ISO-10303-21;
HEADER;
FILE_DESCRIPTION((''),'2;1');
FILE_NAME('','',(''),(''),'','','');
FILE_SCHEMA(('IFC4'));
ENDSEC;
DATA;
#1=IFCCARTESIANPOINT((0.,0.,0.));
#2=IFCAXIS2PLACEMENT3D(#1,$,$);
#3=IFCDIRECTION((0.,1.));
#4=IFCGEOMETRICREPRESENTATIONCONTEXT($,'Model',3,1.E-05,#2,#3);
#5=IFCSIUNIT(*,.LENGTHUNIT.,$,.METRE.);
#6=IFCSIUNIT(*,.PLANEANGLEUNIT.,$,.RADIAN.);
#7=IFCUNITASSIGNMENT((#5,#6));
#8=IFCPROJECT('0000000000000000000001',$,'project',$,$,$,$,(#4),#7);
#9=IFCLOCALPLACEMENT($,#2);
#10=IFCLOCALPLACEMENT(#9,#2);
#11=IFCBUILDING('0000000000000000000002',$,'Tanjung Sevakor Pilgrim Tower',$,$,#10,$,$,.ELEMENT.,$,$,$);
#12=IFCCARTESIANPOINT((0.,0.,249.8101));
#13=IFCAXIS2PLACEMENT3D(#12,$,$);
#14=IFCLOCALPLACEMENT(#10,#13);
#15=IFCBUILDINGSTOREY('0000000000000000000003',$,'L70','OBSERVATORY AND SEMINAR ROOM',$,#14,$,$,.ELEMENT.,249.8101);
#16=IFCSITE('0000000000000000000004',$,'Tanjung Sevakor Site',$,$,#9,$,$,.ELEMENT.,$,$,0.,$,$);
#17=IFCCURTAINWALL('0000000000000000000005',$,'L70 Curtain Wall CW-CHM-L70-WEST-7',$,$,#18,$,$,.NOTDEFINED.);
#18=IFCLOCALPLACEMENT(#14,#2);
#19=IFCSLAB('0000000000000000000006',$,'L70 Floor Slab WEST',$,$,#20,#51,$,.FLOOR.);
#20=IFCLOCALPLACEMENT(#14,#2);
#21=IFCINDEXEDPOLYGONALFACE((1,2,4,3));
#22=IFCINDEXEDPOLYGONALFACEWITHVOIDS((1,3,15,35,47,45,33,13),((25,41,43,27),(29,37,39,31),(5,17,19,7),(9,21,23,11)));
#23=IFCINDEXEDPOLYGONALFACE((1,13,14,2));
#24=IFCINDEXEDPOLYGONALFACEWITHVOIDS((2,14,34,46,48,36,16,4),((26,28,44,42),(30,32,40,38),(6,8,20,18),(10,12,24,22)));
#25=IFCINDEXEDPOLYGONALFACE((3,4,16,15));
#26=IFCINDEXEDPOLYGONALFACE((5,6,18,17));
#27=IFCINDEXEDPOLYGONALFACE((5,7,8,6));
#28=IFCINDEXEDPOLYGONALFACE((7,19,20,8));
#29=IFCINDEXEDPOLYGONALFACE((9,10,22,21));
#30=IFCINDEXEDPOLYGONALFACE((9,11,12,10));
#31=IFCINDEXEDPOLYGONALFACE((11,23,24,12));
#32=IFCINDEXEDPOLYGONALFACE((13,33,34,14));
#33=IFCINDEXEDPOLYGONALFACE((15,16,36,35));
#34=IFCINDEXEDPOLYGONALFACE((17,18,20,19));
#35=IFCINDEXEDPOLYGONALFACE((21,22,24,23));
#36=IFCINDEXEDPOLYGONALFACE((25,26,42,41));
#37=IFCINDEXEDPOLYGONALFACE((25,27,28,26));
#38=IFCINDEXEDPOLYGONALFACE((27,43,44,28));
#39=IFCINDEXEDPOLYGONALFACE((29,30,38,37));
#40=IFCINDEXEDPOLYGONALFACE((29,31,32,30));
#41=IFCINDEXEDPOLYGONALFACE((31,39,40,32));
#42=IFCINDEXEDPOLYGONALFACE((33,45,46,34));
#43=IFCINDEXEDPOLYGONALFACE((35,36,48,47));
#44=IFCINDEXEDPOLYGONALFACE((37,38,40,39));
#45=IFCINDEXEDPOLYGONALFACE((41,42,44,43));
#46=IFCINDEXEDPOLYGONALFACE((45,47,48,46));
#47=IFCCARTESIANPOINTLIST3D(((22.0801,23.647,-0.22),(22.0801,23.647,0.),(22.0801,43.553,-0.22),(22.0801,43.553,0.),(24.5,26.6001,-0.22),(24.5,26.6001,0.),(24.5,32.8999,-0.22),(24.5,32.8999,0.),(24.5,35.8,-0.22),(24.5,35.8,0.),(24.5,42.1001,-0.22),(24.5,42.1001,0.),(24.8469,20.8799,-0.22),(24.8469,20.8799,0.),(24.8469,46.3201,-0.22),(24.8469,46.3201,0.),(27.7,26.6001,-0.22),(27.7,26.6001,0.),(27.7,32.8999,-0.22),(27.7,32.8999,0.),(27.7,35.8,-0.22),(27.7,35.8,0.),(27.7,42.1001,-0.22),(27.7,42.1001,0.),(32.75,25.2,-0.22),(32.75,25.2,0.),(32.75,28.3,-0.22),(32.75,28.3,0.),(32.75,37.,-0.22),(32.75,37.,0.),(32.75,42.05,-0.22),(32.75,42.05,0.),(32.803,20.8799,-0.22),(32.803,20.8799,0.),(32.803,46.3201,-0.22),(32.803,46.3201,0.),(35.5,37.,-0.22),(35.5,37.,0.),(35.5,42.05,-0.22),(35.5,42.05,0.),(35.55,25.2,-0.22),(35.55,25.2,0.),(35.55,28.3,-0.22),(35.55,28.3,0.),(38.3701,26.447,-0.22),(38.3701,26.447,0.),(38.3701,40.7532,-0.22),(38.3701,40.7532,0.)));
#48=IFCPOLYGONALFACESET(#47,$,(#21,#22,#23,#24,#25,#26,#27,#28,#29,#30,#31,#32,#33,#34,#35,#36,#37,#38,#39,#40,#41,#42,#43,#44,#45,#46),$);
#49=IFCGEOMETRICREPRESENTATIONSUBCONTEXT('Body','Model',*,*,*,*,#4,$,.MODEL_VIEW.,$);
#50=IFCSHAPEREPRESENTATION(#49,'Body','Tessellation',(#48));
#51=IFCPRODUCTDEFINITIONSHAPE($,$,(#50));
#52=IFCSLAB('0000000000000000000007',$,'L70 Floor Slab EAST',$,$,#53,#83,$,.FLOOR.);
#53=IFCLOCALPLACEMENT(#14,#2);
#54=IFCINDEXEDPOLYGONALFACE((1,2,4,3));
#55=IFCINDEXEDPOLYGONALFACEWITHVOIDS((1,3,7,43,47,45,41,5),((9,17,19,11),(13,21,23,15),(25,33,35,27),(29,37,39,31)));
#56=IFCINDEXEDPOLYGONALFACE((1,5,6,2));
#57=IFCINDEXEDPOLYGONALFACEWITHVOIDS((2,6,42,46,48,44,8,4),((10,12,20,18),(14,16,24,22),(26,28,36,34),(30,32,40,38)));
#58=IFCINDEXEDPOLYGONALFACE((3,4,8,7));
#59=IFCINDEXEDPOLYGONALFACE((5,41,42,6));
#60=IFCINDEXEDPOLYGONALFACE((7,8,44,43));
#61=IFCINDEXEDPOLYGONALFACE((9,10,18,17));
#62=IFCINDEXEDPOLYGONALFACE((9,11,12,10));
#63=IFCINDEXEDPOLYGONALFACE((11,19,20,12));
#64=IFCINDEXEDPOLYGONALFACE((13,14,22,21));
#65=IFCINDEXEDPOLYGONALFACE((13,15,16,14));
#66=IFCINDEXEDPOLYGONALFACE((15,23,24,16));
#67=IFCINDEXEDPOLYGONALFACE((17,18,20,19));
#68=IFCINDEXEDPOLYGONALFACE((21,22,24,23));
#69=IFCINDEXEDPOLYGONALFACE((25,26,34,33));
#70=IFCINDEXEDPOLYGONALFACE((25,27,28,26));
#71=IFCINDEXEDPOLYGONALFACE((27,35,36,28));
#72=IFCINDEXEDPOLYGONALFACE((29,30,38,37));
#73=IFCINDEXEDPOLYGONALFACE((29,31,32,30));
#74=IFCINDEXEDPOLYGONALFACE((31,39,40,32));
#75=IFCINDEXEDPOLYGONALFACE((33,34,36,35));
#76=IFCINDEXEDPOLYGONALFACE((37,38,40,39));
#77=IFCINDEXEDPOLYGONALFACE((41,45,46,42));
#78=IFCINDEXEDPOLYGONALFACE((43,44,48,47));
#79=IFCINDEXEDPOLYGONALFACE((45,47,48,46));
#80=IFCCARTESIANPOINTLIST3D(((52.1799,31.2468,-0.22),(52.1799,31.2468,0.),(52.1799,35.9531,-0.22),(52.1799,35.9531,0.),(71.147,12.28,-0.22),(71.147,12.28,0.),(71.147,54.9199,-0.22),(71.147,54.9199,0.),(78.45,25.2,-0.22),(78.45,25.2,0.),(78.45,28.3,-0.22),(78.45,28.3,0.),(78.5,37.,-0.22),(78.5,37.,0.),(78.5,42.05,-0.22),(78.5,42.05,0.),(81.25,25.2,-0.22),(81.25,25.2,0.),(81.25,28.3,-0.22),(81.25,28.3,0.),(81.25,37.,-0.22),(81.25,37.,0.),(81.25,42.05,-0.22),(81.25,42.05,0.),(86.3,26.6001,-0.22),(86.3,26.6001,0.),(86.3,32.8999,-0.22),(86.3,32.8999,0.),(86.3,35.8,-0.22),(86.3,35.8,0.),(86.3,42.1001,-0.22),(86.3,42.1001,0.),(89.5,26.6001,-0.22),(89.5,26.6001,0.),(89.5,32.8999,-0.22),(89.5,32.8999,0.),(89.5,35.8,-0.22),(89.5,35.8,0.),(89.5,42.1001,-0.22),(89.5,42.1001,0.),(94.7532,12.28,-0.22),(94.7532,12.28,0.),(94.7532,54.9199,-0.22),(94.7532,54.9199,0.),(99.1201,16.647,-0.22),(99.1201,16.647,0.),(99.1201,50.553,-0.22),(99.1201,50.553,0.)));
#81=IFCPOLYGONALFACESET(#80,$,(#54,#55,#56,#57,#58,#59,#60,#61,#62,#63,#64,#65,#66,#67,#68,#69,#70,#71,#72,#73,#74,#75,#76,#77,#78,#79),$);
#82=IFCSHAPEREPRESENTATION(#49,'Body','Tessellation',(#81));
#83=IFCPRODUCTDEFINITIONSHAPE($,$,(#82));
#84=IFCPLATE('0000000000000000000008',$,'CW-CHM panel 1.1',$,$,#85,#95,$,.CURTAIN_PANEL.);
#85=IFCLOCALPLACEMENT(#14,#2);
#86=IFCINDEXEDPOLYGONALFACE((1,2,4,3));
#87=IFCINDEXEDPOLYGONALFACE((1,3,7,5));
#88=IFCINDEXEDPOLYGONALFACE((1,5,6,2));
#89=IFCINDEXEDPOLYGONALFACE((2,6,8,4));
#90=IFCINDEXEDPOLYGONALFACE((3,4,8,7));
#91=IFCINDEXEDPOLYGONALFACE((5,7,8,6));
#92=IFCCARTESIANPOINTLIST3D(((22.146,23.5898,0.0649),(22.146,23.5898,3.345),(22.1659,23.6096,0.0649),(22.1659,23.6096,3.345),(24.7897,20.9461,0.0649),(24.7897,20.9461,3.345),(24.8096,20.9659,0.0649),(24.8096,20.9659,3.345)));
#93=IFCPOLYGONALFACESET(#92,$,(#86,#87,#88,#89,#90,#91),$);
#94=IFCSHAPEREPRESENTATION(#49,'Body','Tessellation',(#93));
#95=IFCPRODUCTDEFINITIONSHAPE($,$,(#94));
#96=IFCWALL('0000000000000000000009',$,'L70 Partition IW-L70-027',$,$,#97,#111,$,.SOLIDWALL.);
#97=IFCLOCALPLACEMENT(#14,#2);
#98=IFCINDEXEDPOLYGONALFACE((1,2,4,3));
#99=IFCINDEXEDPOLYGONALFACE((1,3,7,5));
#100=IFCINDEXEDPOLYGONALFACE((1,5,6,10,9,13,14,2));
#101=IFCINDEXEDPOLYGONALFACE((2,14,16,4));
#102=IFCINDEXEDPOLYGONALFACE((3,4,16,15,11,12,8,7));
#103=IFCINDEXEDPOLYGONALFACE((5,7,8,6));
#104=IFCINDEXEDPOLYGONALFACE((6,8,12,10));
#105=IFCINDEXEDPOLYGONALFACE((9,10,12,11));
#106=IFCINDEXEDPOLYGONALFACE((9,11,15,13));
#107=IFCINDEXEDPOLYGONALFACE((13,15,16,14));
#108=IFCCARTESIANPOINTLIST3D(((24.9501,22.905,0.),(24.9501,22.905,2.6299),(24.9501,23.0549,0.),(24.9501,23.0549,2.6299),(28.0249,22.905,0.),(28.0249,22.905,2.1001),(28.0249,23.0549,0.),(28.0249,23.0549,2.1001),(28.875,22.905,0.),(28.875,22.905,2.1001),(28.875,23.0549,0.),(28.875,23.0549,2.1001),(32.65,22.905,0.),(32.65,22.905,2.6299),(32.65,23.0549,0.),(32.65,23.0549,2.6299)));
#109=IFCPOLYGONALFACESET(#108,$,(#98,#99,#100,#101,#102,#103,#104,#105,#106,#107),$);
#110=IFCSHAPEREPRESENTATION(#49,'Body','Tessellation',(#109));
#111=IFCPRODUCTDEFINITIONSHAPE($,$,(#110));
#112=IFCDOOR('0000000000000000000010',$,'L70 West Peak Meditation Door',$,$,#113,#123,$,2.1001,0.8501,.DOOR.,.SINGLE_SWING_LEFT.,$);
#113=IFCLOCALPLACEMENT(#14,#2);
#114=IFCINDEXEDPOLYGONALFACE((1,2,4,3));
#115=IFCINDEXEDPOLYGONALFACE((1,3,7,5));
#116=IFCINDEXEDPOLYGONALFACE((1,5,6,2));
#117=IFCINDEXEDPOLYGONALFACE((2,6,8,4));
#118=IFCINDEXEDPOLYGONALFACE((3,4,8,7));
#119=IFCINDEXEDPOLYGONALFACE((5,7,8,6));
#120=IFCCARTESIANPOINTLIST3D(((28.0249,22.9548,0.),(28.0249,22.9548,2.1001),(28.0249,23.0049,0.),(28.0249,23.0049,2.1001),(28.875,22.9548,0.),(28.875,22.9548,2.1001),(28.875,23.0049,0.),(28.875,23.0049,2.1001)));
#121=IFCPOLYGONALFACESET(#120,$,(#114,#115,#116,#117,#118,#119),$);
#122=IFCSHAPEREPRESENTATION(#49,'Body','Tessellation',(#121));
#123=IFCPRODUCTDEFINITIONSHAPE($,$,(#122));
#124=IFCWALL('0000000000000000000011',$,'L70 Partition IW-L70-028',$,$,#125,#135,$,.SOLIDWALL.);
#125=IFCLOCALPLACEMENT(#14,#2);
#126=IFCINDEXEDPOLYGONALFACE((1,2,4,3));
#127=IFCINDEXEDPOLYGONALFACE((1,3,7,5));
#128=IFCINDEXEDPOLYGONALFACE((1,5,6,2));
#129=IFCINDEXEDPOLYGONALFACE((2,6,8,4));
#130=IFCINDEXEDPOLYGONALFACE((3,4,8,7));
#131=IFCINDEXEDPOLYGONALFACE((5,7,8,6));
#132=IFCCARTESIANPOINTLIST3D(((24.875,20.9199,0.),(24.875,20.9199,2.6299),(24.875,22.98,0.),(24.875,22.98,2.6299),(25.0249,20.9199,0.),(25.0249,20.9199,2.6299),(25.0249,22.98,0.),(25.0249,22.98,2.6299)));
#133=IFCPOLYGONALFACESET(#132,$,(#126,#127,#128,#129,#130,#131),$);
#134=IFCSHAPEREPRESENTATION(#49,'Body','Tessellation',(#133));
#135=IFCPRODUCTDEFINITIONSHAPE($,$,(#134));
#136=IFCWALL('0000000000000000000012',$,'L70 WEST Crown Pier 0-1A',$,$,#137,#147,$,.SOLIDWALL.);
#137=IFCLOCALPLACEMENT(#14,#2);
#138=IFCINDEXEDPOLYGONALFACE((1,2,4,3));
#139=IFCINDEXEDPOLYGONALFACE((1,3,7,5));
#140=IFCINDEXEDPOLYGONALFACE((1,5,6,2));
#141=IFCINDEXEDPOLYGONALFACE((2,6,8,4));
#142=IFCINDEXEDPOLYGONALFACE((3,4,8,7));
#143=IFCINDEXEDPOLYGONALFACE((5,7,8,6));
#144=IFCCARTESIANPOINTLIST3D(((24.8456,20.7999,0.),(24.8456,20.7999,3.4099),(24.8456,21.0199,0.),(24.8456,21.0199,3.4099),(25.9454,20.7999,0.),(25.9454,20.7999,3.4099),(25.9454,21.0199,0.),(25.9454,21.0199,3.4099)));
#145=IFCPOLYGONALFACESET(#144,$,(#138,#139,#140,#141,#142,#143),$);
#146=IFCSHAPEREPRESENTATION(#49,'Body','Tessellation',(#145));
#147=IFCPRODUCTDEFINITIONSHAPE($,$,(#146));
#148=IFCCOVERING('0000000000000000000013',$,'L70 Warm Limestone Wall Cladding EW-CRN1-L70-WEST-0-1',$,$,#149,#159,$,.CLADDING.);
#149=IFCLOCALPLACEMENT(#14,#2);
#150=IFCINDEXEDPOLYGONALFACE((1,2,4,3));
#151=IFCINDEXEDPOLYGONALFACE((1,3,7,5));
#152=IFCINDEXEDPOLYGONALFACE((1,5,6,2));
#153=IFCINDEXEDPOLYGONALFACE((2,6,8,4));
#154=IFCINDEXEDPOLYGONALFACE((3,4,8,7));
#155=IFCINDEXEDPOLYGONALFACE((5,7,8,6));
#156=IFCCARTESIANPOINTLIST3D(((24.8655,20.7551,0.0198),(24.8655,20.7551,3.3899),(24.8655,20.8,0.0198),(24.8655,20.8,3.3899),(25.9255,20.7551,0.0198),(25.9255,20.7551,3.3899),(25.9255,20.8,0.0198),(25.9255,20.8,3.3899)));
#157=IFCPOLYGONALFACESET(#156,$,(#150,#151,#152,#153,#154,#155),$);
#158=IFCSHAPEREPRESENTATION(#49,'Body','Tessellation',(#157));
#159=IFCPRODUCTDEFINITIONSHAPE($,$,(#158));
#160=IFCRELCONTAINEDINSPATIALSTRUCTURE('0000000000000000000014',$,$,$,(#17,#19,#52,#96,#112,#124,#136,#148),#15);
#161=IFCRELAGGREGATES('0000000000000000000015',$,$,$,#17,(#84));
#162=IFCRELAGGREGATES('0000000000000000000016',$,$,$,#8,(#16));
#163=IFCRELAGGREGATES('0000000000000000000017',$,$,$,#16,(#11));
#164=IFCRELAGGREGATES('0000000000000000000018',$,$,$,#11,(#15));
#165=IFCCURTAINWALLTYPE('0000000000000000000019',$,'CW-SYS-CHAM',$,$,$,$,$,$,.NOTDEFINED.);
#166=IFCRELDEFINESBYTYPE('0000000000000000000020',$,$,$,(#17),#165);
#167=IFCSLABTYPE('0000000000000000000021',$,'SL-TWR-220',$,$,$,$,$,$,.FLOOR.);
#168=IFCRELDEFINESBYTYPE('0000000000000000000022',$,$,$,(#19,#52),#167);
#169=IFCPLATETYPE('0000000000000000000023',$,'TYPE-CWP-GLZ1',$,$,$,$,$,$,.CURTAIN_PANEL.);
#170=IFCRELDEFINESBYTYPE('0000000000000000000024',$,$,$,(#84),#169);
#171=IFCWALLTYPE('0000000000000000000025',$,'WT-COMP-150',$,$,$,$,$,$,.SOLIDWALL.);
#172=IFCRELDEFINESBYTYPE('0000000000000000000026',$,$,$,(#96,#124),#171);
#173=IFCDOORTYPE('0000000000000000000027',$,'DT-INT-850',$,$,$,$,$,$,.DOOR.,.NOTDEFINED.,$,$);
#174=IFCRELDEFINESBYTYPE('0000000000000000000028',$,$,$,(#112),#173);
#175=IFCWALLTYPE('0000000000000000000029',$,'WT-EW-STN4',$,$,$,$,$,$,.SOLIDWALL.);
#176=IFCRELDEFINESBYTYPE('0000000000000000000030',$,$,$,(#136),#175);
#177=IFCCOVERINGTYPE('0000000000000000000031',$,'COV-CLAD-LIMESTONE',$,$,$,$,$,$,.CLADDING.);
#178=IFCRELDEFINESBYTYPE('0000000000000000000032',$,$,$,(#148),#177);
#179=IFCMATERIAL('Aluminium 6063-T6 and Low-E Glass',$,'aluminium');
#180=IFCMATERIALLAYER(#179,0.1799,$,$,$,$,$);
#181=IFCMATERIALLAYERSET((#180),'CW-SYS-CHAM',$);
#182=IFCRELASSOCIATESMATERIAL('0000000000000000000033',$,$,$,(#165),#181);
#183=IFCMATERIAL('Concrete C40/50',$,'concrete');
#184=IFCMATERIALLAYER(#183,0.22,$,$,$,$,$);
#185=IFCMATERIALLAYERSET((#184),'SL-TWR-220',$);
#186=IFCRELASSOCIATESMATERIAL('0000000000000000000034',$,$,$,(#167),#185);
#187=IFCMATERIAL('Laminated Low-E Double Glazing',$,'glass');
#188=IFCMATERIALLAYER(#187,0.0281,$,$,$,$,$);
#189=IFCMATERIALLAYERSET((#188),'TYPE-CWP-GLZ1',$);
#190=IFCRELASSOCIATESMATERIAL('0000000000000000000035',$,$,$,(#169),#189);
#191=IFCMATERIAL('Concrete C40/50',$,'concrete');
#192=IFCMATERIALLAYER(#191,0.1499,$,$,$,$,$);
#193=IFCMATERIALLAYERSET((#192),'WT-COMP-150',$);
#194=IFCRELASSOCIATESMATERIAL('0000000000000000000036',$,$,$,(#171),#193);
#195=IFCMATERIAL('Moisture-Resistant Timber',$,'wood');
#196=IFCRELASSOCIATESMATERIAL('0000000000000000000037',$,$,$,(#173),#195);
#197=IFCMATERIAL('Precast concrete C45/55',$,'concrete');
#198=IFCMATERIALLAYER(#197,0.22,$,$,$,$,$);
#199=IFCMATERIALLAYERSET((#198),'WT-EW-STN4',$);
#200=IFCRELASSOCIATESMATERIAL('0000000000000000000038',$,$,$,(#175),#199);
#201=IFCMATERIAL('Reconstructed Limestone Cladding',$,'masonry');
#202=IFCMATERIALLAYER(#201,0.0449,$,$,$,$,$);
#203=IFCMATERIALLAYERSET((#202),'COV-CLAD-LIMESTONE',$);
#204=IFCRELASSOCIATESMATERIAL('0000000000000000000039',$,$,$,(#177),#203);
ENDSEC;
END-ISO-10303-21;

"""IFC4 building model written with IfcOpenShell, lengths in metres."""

from ifc_helpers import new_model, si_unit, direction, frame, frame_2d, origin, origin_2d, place, context, subcontext, project, spatial, polyline, rectangle, outline, extrude, material, layer, layer_set, type_object, element, fill, aggregate, save


model = new_model("IFC4")

# Units and contexts
model_context = context("Model", 3, precision=1e-05, world=origin(), true_north=direction((0.0, 1.0)))
body_context = subcontext(model_context, "Body", "Model", "MODEL_VIEW")
ifc_project = project(units=[si_unit("LENGTHUNIT", "METRE"), si_unit("PLANEANGLEUNIT", "RADIAN")], contexts=[model_context])

# Site, building, storey
site_placement = place(None, origin())
site = spatial("IfcSite", under=ifc_project, at=site_placement, Name="Tanjung Sevakor Site", CompositionType="ELEMENT", RefElevation=0.0)
building_placement = place(site_placement, origin())
building = spatial("IfcBuilding", under=site, at=building_placement, Name="Tanjung Sevakor Pilgrim Tower", CompositionType="ELEMENT")
storey_placement = place(building_placement, frame((0.0, 0.0, 249.8101)))
storey = spatial("IfcBuildingStorey", under=building, at=storey_placement, Name="L70", Description="OBSERVATORY AND SEMINAR ROOM", CompositionType="ELEMENT", Elevation=249.8101)

# Curtain wall
ifc_material_1 = material(Name="Aluminium 6063-T6 and Low-E Glass", Category="aluminium")
ifc_layer_1 = layer(ifc_material_1, 0.1799)
ifc_layer_set_1 = layer_set([ifc_layer_1], Name="CW-SYS-CHAM")
curtain_wall_type_1 = type_object("IfcCurtainWallType", Name="CW-SYS-CHAM", PredefinedType="NOTDEFINED", material=ifc_layer_set_1)
curtain_wall_1_placement = place(storey_placement, origin())
curtain_wall_1 = element("IfcCurtainWall", 1, at=curtain_wall_1_placement, inside=storey, type_object=curtain_wall_type_1, Name="L70 Curtain Wall CW-CHM-L70-WEST-7", PredefinedType="NOTDEFINED")

# Slabs
ifc_material_2 = material(Name="Concrete C40/50", Category="concrete")
ifc_layer_2 = layer(ifc_material_2, 0.22)
ifc_layer_set_2 = layer_set([ifc_layer_2], Name="SL-TWR-220")
slab_type_1 = type_object("IfcSlabType", Name="SL-TWR-220", PredefinedType="FLOOR", material=ifc_layer_set_2)
slab_1_placement = place(storey_placement, frame((0.0, 0.0, -0.22)))
element("IfcSlab", 2, at=slab_1_placement, inside=storey, type_object=slab_type_1, Name="L70 Floor Slab WEST", PredefinedType="FLOOR", context=body_context, shape_type="SweptSolid", body=[
    extrude(outline(polyline([(24.8469, 20.8799), (32.803, 20.8799), (38.3701, 26.447), (38.3701, 40.7532), (32.803, 46.3201), (24.8469, 46.3201), (22.0801, 43.553), (22.0801, 23.647), (24.8469, 20.8799)]), holes=[polyline([(27.7, 26.6001), (27.7, 32.8999), (24.5, 32.8999), (24.5, 26.6001), (27.7, 26.6001)]), polyline([(27.7, 35.8), (27.7, 42.1001), (24.5, 42.1001), (24.5, 35.8), (27.7, 35.8)]), polyline([(32.75, 25.2), (35.55, 25.2), (35.55, 28.3), (32.75, 28.3), (32.75, 25.2)]), polyline([(32.75, 37.0), (35.5, 37.0), (35.5, 42.05), (32.75, 42.05), (32.75, 37.0)])]), origin(), (0.0, 0.0, 1.0), 0.22),
])
slab_2_placement = place(storey_placement, frame((0.0, 0.0, -0.22)))
element("IfcSlab", 3, at=slab_2_placement, inside=storey, type_object=slab_type_1, Name="L70 Floor Slab EAST", PredefinedType="FLOOR", context=body_context, shape_type="SweptSolid", body=[
    extrude(outline(polyline([(71.147, 12.28), (94.7532, 12.28), (99.1201, 16.647), (99.1201, 50.553), (94.7532, 54.9199), (71.147, 54.9199), (52.1799, 35.9531), (52.1799, 31.2468), (71.147, 12.28)]), holes=[polyline([(89.5, 26.6001), (89.5, 32.8999), (86.3, 32.8999), (86.3, 26.6001), (89.5, 26.6001)]), polyline([(89.5, 35.8), (89.5, 42.1001), (86.3, 42.1001), (86.3, 35.8), (89.5, 35.8)]), polyline([(78.45, 25.2), (81.25, 25.2), (81.25, 28.3), (78.45, 28.3), (78.45, 25.2)]), polyline([(78.5, 37.0), (81.25, 37.0), (81.25, 42.05), (78.5, 42.05), (78.5, 37.0)])]), origin(), (0.0, 0.0, 1.0), 0.22),
])

# Plate
ifc_material_3 = material(Name="Laminated Low-E Double Glazing", Category="glass")
ifc_layer_3 = layer(ifc_material_3, 0.0281)
ifc_layer_set_3 = layer_set([ifc_layer_3], Name="TYPE-CWP-GLZ1")
plate_type = type_object("IfcPlateType", Name="TYPE-CWP-GLZ1", PredefinedType="CURTAIN_PANEL", material=ifc_layer_set_3)
plate_placement = place(storey_placement, frame((23.4778, 22.2778, 0.0649), z_axis=(0.0, 0.0, 1.0), x_axis=(0.707107, -0.707107, 0.0)))
plate = element("IfcPlate", 4, at=plate_placement, type_object=plate_type, Name="CW-CHM panel 1.1", PredefinedType="CURTAIN_PANEL", context=body_context, shape_type="SweptSolid", body=[
    extrude(rectangle(XDim=3.7388, YDim=0.0281, at=origin_2d()), origin(), (0.0, 0.0, 1.0), 3.28),
])
aggregate(curtain_wall_1, [plate])

# Wall, opening, door
ifc_material_4 = material(Name="Concrete C40/50", Category="concrete")
ifc_layer_4 = layer(ifc_material_4, 0.1499)
ifc_layer_set_4 = layer_set([ifc_layer_4], Name="WT-COMP-150")
wall_type_1 = type_object("IfcWallType", Name="WT-COMP-150", PredefinedType="SOLIDWALL", material=ifc_layer_set_4)
wall_1_placement = place(storey_placement, frame((24.95, 22.98, 0.0), z_axis=(0.0, 0.0, 1.0), x_axis=(1.0, 0.0, 0.0)))
wall_1 = element("IfcWall", 5, at=wall_1_placement, inside=storey, type_object=wall_type_1, Name="L70 Partition IW-L70-027", PredefinedType="SOLIDWALL", context=body_context, shape_type="SweptSolid", body=[
    extrude(rectangle(XDim=7.7, YDim=0.1499, at=frame_2d((3.8501, 0.0))), origin(), (0.0, 0.0, 1.0), 2.6299),
])
opening_placement = place(wall_1_placement, frame((3.075, 0.0, 0.0)))
opening = element("IfcOpeningElement", 6, at=opening_placement, cuts=wall_1, PredefinedType="OPENING", context=body_context, shape_type="SweptSolid", body=[
    extrude(rectangle(XDim=0.8501, YDim=2.1001, at=frame_2d((0.425, 1.05))), frame((0.0, 0.085, 0.0), z_axis=(0.0, -1.0, 0.0), x_axis=(1.0, 0.0, 0.0)), (0.0, 0.0, 1.0), 0.1699),
])
ifc_material_5 = material(Name="Moisture-Resistant Timber", Category="wood")
door_type = type_object("IfcDoorType", Name="DT-INT-850", OperationType="NOTDEFINED", PredefinedType="DOOR", material=ifc_material_5)
door_placement = place(opening_placement, origin())
door = element("IfcDoor", 7, at=door_placement, inside=storey, type_object=door_type, Name="L70 West Peak Meditation Door", OperationType="SINGLE_SWING_LEFT", OverallHeight=2.1001, OverallWidth=0.8501, PredefinedType="DOOR", context=body_context, shape_type="SweptSolid", body=[
    extrude(rectangle(XDim=0.8501, YDim=2.1001, at=frame_2d((0.425, 1.05))), frame((0.0, 0.0249, 0.0), z_axis=(0.0, -1.0, 0.0), x_axis=(1.0, 0.0, 0.0)), (0.0, 0.0, 1.0), 0.05),
])
fill(opening, door)

# Walls
wall_2_placement = place(storey_placement, frame((24.95, 20.9199, 0.0), z_axis=(0.0, 0.0, 1.0), x_axis=(0.0, 1.0, 0.0)))
element("IfcWall", 8, at=wall_2_placement, inside=storey, type_object=wall_type_1, Name="L70 Partition IW-L70-028", PredefinedType="SOLIDWALL", context=body_context, shape_type="SweptSolid", body=[
    extrude(rectangle(XDim=2.0601, YDim=0.1499, at=frame_2d((1.03, 0.0))), origin(), (0.0, 0.0, 1.0), 2.6299),
])
ifc_material_6 = material(Name="Precast concrete C45/55", Category="concrete")
ifc_layer_5 = layer(ifc_material_6, 0.22)
ifc_layer_set_5 = layer_set([ifc_layer_5], Name="WT-EW-STN4")
wall_type_2 = type_object("IfcWallType", Name="WT-EW-STN4", PredefinedType="SOLIDWALL", material=ifc_layer_set_5)
wall_3_placement = place(storey_placement, frame((24.8457, 20.9099, 0.0), z_axis=(0.0, 0.0, 1.0), x_axis=(1.0, 0.0, 0.0)))
element("IfcWall", 9, at=wall_3_placement, inside=storey, type_object=wall_type_2, Name="L70 WEST Crown Pier 0-1A", PredefinedType="SOLIDWALL", context=body_context, shape_type="SweptSolid", body=[
    extrude(rectangle(XDim=1.0999, YDim=0.22, at=frame_2d((0.5498, 0.0))), origin(), (0.0, 0.0, 1.0), 3.4099),
])

# Covering
ifc_material_7 = material(Name="Reconstructed Limestone Cladding", Category="masonry")
ifc_layer_6 = layer(ifc_material_7, 0.0449)
ifc_layer_set_6 = layer_set([ifc_layer_6], Name="COV-CLAD-LIMESTONE")
covering_type = type_object("IfcCoveringType", Name="COV-CLAD-LIMESTONE", PredefinedType="CLADDING", material=ifc_layer_set_6)
covering_placement = place(storey_placement, frame((25.3955, 20.7776, 0.0198), z_axis=(0.0, 0.0, 1.0), x_axis=(1.0, 0.0, 0.0)))
element("IfcCovering", 10, at=covering_placement, inside=storey, type_object=covering_type, Name="L70 Warm Limestone Wall Cladding EW-CRN1-L70-WEST-0-1", PredefinedType="CLADDING", context=body_context, shape_type="SweptSolid", body=[
    extrude(rectangle(XDim=1.0601, YDim=0.0449, at=origin_2d()), origin(), (0.0, 0.0, 1.0), 3.3701),
])

save(model, "model.ifc")
